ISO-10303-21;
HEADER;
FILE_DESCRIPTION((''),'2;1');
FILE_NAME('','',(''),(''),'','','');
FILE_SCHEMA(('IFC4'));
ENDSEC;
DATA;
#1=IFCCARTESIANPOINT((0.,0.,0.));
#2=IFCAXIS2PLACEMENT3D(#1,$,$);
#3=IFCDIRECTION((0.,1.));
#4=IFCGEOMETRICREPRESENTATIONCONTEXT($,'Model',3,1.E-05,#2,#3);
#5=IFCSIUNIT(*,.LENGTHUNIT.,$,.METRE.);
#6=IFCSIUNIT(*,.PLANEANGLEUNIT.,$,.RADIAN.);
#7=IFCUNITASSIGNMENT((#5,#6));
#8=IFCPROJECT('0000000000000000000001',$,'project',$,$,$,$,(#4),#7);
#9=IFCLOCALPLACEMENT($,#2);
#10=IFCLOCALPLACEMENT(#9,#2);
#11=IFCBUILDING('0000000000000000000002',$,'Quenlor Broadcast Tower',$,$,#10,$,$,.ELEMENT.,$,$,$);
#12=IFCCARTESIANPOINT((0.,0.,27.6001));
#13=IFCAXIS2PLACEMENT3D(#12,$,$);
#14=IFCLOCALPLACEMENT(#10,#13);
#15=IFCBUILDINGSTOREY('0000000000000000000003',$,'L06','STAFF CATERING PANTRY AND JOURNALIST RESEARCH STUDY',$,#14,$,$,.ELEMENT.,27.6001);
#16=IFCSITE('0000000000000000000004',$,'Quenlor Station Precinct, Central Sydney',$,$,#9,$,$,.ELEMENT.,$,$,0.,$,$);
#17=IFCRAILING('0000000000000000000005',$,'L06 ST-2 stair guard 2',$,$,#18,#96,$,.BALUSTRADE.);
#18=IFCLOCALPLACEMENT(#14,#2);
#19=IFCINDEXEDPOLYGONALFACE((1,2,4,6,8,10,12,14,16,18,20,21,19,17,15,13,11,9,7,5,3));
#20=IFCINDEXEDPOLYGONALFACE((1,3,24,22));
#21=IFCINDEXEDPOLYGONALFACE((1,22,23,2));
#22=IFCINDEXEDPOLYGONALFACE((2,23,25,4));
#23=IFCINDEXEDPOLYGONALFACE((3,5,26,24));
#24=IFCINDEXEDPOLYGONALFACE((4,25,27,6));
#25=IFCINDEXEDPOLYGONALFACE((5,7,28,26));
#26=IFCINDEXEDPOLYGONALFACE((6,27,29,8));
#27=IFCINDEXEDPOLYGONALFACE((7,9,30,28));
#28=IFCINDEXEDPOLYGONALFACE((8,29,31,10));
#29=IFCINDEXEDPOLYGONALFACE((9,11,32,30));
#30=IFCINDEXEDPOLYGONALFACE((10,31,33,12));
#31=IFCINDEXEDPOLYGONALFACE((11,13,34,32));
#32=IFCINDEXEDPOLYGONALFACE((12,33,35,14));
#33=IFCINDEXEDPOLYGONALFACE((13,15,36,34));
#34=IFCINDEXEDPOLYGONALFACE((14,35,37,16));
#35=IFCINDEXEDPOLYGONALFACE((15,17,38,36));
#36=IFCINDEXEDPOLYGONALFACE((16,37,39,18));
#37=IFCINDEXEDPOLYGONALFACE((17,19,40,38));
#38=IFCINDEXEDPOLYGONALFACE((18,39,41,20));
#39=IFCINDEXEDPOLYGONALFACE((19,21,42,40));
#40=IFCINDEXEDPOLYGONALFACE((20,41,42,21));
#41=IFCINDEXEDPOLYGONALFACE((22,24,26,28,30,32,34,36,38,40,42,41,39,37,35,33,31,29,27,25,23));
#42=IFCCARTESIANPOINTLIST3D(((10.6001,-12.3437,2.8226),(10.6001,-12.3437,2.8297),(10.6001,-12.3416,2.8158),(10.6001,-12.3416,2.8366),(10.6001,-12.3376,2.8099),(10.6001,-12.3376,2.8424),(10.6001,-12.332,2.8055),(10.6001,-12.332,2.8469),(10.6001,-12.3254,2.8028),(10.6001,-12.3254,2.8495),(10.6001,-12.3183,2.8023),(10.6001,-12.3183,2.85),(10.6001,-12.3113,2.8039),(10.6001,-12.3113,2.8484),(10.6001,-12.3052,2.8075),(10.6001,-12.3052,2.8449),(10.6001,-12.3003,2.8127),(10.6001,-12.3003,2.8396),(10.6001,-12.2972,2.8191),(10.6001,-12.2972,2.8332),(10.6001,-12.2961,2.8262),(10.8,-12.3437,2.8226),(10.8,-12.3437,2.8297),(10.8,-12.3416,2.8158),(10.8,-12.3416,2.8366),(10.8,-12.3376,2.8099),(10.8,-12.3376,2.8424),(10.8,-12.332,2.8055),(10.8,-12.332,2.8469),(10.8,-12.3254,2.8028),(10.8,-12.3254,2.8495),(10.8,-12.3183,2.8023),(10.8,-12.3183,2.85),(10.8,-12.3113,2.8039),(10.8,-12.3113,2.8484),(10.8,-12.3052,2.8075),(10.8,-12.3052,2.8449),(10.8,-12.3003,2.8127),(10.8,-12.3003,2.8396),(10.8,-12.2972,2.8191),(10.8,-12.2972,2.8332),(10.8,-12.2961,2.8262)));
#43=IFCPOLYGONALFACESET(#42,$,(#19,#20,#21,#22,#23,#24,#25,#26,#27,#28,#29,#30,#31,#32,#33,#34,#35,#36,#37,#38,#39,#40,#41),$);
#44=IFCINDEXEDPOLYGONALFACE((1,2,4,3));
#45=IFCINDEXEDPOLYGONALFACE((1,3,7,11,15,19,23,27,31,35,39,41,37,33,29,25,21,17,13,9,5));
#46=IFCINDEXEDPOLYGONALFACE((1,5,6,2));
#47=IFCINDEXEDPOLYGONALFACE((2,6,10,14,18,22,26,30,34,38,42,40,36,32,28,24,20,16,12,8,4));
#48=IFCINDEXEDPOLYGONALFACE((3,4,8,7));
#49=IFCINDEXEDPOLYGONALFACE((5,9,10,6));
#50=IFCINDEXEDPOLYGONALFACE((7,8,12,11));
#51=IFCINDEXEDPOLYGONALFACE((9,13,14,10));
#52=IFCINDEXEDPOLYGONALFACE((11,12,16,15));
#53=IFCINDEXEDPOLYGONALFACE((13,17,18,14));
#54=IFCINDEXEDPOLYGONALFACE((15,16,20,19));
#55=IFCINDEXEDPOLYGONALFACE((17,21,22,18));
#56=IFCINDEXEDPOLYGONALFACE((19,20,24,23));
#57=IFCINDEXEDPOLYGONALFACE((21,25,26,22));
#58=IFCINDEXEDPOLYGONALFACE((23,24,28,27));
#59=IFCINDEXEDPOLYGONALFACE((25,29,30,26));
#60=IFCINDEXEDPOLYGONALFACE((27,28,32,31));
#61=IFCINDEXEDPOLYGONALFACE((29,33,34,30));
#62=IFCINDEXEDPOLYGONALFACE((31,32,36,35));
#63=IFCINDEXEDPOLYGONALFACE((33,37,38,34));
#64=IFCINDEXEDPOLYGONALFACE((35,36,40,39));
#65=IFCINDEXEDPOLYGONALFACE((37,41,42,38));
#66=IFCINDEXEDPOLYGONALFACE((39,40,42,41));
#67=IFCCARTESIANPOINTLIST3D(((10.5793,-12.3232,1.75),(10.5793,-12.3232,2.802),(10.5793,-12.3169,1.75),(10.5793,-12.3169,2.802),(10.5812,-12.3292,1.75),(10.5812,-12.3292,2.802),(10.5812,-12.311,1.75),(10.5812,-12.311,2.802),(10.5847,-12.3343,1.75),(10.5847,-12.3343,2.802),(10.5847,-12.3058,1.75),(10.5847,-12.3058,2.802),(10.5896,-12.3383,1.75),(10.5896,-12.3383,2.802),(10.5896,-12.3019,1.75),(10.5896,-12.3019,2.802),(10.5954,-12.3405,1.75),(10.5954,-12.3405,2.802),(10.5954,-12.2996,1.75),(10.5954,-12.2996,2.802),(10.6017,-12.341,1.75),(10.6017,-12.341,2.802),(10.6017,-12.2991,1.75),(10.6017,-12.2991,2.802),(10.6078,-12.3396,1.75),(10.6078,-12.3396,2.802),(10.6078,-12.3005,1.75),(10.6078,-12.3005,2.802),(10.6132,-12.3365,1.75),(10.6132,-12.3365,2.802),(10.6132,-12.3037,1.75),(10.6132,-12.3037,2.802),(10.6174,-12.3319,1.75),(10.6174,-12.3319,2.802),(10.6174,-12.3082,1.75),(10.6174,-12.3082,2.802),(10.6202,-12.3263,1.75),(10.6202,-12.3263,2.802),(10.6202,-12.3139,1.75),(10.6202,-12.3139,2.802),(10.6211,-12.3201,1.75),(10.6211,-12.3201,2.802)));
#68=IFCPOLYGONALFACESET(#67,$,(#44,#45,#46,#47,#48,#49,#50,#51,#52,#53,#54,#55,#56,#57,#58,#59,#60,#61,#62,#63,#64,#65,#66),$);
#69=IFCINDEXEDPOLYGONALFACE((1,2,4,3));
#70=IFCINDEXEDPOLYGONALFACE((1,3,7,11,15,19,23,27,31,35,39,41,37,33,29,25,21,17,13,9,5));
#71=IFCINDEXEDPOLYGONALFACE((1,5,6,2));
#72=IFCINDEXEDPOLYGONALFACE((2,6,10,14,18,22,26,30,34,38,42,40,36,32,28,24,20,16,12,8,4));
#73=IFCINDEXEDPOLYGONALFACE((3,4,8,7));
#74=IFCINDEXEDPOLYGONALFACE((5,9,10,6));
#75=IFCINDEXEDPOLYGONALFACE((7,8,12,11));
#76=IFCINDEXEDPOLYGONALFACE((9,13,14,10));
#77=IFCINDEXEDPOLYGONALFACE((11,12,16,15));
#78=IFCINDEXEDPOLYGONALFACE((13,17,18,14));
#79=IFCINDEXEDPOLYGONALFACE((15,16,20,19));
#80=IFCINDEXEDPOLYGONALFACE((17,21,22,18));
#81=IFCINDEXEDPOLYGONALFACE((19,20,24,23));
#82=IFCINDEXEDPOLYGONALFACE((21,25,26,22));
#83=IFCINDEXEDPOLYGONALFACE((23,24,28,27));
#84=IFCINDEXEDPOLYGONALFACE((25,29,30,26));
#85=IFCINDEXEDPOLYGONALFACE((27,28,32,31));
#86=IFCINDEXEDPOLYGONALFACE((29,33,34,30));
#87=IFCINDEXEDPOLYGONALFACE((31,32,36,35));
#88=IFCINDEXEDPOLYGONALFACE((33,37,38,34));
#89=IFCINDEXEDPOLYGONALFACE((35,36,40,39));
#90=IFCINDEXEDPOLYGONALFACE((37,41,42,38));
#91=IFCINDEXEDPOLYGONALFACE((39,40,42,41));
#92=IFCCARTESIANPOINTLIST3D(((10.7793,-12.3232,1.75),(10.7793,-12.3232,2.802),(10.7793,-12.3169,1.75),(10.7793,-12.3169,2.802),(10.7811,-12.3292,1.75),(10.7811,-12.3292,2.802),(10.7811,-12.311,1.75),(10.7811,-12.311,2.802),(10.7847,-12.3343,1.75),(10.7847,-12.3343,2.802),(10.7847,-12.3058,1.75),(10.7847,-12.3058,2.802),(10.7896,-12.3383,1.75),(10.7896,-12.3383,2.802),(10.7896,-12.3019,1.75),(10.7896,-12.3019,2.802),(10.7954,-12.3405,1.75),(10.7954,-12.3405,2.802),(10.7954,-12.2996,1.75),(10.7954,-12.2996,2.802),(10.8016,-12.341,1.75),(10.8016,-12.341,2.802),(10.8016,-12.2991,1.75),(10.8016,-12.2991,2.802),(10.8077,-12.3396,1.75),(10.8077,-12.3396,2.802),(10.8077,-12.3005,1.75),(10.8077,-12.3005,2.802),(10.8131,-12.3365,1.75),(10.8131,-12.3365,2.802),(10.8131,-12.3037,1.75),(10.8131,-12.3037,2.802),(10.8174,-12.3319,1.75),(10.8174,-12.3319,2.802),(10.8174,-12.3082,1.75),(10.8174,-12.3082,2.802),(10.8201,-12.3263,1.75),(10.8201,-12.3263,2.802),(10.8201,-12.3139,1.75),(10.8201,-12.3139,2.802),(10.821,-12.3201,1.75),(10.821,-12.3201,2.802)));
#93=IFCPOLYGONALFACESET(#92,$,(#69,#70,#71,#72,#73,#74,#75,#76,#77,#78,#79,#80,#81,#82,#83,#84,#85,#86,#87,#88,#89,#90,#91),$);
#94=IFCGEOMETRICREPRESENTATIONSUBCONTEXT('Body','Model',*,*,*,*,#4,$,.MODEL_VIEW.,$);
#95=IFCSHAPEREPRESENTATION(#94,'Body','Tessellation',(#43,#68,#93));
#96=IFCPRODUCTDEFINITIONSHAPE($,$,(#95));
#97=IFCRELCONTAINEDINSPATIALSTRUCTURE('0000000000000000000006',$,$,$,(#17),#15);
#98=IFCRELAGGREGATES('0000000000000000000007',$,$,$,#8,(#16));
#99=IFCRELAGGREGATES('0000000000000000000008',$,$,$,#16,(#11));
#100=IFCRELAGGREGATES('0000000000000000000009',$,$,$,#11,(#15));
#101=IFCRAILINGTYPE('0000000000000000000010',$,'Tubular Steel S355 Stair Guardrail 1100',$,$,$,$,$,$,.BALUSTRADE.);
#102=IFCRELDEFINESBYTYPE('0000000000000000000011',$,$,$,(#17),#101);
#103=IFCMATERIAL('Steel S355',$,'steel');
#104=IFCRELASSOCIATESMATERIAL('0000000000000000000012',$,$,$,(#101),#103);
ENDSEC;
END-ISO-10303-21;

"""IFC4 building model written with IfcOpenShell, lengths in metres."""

from ifc_helpers import new_model, si_unit, direction, frame, origin, origin_2d, place, context, subcontext, project, spatial, circle, extrude, material, type_object, element, save


model = new_model("IFC4")

# Units and contexts
model_context = context("Model", 3, precision=1e-05, world=origin(), true_north=direction((0.0, 1.0)))
body_context = subcontext(model_context, "Body", "Model", "MODEL_VIEW")
ifc_project = project(units=[si_unit("LENGTHUNIT", "METRE"), si_unit("PLANEANGLEUNIT", "RADIAN")], contexts=[model_context])

# Site, building, storey
site_placement = place(None, origin())
site = spatial("IfcSite", under=ifc_project, at=site_placement, Name="Quenlor Station Precinct, Central Sydney", CompositionType="ELEMENT", RefElevation=0.0)
building_placement = place(site_placement, origin())
building = spatial("IfcBuilding", under=site, at=building_placement, Name="Quenlor Broadcast Tower", CompositionType="ELEMENT")
storey_placement = place(building_placement, frame((0.0, 0.0, 27.6001)))
storey = spatial("IfcBuildingStorey", under=building, at=storey_placement, Name="L06", Description="STAFF CATERING PANTRY AND JOURNALIST RESEARCH STUDY", CompositionType="ELEMENT", Elevation=27.6001)

# Railing
ifc_material_1 = material(Name="Steel S355", Category="steel")
railing_type_1 = type_object("IfcRailingType", Name="Tubular Steel S355 Stair Guardrail 1100", PredefinedType="BALUSTRADE", material=ifc_material_1)
railing_1_placement = place(storey_placement, frame((10.6001, -12.3201, 1.75)))
element("IfcRailing", 1, at=railing_1_placement, inside=storey, type_object=railing_type_1, Name="L06 ST-2 stair guard 2", PredefinedType="BALUSTRADE", context=body_context, shape_type="SweptSolid", body=[
    extrude(circle(Radius=0.0239, at=origin_2d()), frame((0.0, 0.0, 1.0762), z_axis=(1.0, 0.0, 0.0), x_axis=(0.0, 1.0, 0.0)), (0.0, 0.0, 1.0), 0.2),
    extrude(circle(Radius=0.021, at=origin_2d()), origin(), (0.0, 0.0, 1.0), 1.052),
    extrude(circle(Radius=0.021, at=origin_2d()), frame((0.2, 0.0, 0.0)), (0.0, 0.0, 1.0), 1.052),
])

save(model, "model.ifc")
